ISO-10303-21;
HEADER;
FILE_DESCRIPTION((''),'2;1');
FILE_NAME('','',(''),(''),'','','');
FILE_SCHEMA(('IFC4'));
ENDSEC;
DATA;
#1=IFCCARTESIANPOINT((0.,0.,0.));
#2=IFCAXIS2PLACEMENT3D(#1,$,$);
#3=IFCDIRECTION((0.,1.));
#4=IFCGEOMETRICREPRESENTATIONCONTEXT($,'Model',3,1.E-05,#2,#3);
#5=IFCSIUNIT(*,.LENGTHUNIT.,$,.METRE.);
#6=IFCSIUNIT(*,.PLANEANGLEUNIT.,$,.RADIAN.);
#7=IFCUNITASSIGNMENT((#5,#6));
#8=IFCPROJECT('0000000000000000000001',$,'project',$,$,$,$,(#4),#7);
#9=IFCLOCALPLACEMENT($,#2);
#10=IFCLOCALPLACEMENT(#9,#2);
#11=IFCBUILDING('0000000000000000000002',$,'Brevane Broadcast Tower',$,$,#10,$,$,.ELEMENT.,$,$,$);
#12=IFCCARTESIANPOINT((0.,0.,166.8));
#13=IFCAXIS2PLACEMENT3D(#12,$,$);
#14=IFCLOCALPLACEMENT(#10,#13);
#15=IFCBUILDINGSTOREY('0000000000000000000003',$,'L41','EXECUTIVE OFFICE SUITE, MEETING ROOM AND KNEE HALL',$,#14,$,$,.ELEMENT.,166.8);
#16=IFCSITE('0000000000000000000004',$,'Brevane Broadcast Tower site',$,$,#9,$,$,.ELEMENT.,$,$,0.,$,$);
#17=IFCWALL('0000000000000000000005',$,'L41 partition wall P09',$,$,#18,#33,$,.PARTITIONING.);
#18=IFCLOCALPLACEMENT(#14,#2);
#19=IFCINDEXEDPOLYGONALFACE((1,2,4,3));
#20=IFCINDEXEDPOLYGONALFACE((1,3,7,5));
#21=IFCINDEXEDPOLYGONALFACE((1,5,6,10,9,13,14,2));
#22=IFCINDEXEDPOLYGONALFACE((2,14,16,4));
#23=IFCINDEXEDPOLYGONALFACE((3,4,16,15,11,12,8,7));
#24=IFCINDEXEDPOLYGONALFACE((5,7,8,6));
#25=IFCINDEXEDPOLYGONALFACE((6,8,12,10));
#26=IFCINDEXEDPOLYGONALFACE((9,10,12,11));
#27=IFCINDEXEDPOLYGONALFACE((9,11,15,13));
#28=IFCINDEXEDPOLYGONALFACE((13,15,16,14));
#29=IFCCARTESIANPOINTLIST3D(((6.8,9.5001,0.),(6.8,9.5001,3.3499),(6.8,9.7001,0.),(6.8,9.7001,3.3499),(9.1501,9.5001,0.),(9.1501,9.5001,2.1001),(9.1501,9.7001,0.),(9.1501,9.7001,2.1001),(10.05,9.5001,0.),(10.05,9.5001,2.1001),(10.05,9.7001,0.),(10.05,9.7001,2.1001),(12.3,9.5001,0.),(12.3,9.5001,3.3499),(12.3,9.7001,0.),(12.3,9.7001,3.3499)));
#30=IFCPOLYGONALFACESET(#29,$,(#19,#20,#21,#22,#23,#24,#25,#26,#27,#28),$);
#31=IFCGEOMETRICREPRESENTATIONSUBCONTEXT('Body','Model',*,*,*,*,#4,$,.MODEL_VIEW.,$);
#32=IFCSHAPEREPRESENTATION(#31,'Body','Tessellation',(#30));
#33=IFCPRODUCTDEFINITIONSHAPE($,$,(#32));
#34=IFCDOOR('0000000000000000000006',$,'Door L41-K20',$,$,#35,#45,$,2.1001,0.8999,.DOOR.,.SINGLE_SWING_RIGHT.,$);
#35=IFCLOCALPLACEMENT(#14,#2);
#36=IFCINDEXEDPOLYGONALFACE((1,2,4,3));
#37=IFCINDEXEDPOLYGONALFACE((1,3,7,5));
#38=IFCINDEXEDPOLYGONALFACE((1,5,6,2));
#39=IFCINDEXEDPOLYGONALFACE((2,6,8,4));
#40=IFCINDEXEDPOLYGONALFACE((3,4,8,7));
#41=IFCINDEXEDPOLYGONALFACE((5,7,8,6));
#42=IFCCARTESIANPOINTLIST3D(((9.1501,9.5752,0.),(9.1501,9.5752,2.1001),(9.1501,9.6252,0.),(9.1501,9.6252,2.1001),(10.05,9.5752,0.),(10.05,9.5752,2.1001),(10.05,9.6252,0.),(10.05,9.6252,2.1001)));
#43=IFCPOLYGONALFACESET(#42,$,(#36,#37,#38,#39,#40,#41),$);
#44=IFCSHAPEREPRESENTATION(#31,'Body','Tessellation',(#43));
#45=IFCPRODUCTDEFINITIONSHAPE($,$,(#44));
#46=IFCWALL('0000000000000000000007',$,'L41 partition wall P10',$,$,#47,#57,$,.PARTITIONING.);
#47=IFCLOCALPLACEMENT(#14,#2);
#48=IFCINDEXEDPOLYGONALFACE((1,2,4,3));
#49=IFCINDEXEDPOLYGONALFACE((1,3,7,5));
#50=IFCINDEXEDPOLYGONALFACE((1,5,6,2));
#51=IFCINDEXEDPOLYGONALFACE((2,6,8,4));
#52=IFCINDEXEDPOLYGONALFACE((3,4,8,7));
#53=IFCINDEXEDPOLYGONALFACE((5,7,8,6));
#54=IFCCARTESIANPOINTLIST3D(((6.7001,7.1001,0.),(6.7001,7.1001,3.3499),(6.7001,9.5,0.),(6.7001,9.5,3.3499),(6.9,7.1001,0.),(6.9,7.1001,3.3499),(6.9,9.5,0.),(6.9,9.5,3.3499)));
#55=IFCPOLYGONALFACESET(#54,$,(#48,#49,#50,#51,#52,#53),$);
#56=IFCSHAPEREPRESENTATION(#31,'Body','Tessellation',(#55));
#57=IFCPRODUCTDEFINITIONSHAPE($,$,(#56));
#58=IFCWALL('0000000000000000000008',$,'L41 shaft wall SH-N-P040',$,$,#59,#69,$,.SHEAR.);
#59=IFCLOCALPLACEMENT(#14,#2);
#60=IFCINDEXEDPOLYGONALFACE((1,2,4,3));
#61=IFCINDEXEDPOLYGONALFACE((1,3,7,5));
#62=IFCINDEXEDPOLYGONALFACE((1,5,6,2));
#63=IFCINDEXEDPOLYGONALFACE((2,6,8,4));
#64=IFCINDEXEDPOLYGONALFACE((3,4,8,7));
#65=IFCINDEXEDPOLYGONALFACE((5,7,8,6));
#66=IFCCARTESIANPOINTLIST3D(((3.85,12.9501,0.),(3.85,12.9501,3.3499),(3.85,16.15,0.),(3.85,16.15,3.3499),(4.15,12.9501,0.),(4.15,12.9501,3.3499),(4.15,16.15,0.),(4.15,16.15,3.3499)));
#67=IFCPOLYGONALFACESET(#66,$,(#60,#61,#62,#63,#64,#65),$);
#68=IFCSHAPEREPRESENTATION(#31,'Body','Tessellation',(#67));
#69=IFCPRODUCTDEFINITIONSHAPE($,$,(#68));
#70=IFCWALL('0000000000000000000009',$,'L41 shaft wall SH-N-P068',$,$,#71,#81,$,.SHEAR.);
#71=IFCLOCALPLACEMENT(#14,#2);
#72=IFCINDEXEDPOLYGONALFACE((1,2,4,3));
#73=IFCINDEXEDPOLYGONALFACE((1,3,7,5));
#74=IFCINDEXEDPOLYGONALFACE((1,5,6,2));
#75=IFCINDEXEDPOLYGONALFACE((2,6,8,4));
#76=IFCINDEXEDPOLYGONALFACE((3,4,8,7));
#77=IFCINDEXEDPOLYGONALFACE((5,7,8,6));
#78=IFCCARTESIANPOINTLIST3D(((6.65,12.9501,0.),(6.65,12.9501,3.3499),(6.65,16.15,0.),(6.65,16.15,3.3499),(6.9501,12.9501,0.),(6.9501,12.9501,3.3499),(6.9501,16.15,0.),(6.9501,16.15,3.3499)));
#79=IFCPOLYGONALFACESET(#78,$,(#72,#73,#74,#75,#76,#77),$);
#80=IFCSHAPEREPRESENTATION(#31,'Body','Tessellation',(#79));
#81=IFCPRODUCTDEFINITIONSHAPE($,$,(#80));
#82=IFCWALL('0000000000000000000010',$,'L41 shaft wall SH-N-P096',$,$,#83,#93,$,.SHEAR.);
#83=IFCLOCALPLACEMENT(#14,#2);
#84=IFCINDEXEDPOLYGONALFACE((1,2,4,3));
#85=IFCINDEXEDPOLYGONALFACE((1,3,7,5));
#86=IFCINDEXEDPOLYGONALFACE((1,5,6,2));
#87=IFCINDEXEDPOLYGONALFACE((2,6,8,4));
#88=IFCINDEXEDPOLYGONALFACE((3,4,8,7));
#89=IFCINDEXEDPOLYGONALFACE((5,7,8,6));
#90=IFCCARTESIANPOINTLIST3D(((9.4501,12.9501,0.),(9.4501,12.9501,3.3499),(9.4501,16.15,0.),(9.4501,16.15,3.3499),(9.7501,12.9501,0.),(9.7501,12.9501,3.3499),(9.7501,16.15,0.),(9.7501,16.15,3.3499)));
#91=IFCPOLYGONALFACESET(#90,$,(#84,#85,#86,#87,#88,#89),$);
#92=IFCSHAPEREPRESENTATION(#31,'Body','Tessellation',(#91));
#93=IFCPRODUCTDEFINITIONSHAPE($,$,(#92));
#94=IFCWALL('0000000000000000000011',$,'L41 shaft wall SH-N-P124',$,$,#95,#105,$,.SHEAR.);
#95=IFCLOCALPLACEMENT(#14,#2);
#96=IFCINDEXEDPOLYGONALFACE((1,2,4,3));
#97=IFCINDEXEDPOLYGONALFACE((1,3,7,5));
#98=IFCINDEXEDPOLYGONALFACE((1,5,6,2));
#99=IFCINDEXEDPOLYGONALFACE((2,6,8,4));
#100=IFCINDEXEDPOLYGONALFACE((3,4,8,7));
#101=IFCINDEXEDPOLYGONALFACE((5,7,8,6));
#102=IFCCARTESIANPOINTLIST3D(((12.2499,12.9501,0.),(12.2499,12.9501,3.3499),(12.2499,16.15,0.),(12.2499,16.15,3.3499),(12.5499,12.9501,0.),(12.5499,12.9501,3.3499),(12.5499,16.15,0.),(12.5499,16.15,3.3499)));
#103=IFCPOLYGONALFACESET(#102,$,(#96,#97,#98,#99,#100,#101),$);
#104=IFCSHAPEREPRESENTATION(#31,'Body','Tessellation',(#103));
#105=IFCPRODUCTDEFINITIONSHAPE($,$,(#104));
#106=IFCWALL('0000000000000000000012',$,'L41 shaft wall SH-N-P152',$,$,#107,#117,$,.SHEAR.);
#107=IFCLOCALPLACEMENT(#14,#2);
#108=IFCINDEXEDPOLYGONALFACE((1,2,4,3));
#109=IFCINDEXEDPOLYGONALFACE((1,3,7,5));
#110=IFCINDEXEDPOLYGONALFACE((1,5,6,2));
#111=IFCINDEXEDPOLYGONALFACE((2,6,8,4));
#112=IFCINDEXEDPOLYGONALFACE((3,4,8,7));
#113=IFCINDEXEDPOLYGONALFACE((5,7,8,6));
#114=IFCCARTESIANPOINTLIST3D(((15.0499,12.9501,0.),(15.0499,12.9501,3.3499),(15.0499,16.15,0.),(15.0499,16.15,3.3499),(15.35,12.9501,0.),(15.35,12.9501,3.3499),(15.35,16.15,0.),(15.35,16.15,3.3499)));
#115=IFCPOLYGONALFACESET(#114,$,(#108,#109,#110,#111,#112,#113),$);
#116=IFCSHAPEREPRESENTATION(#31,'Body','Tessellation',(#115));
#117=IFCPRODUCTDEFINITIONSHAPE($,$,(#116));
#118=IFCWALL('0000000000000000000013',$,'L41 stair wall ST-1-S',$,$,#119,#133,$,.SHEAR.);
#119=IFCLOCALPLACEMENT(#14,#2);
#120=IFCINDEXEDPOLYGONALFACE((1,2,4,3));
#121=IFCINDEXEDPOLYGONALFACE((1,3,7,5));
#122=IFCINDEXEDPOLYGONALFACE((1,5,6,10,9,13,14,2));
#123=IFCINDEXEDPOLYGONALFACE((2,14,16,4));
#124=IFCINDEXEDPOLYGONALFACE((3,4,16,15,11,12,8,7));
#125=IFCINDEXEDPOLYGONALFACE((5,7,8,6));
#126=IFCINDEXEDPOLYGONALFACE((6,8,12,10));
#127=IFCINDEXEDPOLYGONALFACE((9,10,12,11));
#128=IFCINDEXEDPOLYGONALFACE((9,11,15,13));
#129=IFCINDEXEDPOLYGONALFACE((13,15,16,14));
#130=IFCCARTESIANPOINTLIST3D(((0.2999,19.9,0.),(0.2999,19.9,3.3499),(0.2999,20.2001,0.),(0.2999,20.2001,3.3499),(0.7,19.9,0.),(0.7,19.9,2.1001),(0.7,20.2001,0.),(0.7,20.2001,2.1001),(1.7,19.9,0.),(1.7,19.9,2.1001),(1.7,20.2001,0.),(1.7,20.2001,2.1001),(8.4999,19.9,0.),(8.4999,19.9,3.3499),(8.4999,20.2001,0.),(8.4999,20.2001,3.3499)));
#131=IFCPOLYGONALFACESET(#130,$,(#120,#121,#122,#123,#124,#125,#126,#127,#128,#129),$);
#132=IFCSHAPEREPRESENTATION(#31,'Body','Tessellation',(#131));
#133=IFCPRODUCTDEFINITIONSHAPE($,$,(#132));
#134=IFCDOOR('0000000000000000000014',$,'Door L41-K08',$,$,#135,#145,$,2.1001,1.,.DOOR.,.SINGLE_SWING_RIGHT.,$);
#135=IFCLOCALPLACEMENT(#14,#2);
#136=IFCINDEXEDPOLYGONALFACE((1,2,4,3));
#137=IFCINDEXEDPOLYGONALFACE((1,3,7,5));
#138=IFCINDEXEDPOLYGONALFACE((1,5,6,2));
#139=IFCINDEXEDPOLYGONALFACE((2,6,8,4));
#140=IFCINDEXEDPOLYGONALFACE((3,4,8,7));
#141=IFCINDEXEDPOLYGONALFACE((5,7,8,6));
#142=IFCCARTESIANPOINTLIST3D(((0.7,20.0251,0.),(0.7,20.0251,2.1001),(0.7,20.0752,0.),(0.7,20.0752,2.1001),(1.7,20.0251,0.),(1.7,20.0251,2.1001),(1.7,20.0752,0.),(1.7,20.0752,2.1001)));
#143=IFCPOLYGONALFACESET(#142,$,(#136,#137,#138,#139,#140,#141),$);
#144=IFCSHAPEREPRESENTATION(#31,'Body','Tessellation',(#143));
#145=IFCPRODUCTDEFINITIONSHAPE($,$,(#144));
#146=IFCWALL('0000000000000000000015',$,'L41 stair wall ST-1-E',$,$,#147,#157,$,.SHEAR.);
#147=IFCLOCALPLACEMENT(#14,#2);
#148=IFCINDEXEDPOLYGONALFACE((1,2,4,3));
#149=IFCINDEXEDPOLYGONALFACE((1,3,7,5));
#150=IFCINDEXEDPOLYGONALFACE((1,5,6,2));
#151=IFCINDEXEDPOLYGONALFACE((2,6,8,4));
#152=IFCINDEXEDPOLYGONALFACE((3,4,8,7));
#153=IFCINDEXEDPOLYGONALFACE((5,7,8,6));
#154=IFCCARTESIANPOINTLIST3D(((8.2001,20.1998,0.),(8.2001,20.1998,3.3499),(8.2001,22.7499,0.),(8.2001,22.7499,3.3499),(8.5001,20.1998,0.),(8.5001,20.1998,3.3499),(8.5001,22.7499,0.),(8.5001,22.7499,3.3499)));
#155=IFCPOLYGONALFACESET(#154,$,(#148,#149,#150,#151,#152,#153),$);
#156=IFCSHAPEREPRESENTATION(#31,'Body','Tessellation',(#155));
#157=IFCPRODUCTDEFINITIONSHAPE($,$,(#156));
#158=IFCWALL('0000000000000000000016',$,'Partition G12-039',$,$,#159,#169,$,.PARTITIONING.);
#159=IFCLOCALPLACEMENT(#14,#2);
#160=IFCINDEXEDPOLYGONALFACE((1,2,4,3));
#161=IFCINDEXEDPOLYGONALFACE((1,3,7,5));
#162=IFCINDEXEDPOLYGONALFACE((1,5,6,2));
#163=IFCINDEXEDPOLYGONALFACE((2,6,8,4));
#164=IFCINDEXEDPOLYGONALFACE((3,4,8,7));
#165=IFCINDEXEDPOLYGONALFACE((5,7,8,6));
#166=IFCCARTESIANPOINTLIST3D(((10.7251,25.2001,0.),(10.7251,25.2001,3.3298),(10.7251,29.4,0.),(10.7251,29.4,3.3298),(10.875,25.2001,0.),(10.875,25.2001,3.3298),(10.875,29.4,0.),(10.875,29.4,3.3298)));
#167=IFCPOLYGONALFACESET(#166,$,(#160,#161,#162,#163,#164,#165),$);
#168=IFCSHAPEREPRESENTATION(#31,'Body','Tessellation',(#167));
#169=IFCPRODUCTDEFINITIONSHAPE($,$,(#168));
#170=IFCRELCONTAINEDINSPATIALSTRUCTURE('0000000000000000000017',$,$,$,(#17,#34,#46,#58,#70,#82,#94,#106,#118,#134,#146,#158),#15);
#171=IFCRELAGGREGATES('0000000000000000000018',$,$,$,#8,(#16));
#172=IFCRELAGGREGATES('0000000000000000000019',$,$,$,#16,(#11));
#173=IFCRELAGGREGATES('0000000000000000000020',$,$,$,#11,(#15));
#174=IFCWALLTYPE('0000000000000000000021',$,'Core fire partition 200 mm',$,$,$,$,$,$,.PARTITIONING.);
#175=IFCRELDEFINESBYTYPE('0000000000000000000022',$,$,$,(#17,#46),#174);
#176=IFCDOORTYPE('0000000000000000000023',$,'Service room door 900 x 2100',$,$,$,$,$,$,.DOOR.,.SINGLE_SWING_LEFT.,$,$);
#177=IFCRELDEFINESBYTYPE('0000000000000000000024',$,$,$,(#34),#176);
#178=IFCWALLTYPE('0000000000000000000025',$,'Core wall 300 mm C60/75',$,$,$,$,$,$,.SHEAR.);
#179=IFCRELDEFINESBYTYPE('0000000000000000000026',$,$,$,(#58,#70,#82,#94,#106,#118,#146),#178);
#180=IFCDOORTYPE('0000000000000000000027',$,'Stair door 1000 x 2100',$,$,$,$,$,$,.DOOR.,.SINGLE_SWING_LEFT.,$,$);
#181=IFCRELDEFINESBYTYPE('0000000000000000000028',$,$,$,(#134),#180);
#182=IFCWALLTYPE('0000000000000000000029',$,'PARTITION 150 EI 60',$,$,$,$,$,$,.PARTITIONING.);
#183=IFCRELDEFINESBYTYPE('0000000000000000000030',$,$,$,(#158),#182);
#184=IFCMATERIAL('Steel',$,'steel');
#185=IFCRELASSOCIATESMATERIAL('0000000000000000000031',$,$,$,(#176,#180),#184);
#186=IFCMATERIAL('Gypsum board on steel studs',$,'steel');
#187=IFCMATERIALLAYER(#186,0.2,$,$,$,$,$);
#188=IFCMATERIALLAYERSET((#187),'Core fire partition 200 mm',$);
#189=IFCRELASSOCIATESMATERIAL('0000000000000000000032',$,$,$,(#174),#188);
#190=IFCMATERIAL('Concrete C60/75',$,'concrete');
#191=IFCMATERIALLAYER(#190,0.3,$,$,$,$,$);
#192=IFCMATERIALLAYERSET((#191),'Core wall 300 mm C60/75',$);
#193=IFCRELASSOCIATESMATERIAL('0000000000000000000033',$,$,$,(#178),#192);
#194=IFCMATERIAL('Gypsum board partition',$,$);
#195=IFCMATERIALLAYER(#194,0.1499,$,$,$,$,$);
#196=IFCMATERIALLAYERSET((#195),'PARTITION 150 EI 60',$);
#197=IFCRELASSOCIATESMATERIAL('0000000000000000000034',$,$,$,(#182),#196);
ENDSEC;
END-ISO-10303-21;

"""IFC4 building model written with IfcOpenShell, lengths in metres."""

from ifc_helpers import new_model, si_unit, direction, frame, frame_2d, origin, place, context, subcontext, project, spatial, rectangle, extrude, material, layer, layer_set, type_object, element, fill, save


model = new_model("IFC4")

# Units and contexts
model_context = context("Model", 3, precision=1e-05, world=origin(), true_north=direction((0.0, 1.0)))
body_context = subcontext(model_context, "Body", "Model", "MODEL_VIEW")
ifc_project = project(units=[si_unit("LENGTHUNIT", "METRE"), si_unit("PLANEANGLEUNIT", "RADIAN")], contexts=[model_context])

# Site, building, storey
site_placement = place(None, origin())
site = spatial("IfcSite", under=ifc_project, at=site_placement, Name="Brevane Broadcast Tower site", CompositionType="ELEMENT", RefElevation=0.0)
building_placement = place(site_placement, origin())
building = spatial("IfcBuilding", under=site, at=building_placement, Name="Brevane Broadcast Tower", CompositionType="ELEMENT")
storey_placement = place(building_placement, frame((0.0, 0.0, 166.8)))
storey = spatial("IfcBuildingStorey", under=building, at=storey_placement, Name="L41", Description="EXECUTIVE OFFICE SUITE, MEETING ROOM AND KNEE HALL", CompositionType="ELEMENT", Elevation=166.8)

# Shared definitions
ifc_material_1 = material(Name="Concrete C60/75", Category="concrete")

# Shared definitions
ifc_material_2 = material(Name="Gypsum board on steel studs", Category="steel")
ifc_material_3 = material(Name="Steel", Category="steel")
door_type_1 = type_object("IfcDoorType", Name="Service room door 900 x 2100", OperationType="SINGLE_SWING_LEFT", PredefinedType="DOOR", material=ifc_material_3)
ifc_layer_1 = layer(ifc_material_2, 0.2)
ifc_layer_set_1 = layer_set([ifc_layer_1], Name="Core fire partition 200 mm")
wall_type_1 = type_object("IfcWallType", Name="Core fire partition 200 mm", PredefinedType="PARTITIONING", material=ifc_layer_set_1)
door_type_2 = type_object("IfcDoorType", Name="Stair door 1000 x 2100", OperationType="SINGLE_SWING_LEFT", PredefinedType="DOOR", material=ifc_material_3)

# Wall, opening, door
wall_1_placement = place(storey_placement, frame((12.3, 9.6001, 0.0), z_axis=(0.0, 0.0, 1.0), x_axis=(-1.0, 0.0, 0.0)))
wall_1 = element("IfcWall", 1, at=wall_1_placement, inside=storey, type_object=wall_type_1, Name="L41 partition wall P09", PredefinedType="PARTITIONING", context=body_context, shape_type="SweptSolid", body=[
    extrude(rectangle(XDim=5.5, YDim=0.2, at=frame_2d((2.75, 0.0))), origin(), (0.0, 0.0, 1.0), 3.3499),
])
opening_1_placement = place(wall_1_placement, frame((2.25, 0.0, 0.0)))
opening_1 = element("IfcOpeningElement", 2, at=opening_1_placement, cuts=wall_1, PredefinedType="OPENING", context=body_context, shape_type="SweptSolid", body=[
    extrude(rectangle(XDim=0.8999, YDim=2.1001, at=frame_2d((0.45, 1.05))), frame((0.0, 0.1099, 0.0), z_axis=(0.0, -1.0, 0.0), x_axis=(1.0, 0.0, 0.0)), (0.0, 0.0, 1.0), 0.22),
])
door_1_placement = place(opening_1_placement, origin())
door_1 = element("IfcDoor", 3, at=door_1_placement, inside=storey, type_object=door_type_1, Name="Door L41-K20", OperationType="SINGLE_SWING_RIGHT", OverallHeight=2.1001, OverallWidth=0.8999, PredefinedType="DOOR", context=body_context, shape_type="SweptSolid", body=[
    extrude(rectangle(XDim=0.8999, YDim=2.1001, at=frame_2d((0.45, 1.05))), frame((0.0, 0.0249, 0.0), z_axis=(0.0, -1.0, 0.0), x_axis=(1.0, 0.0, 0.0)), (0.0, 0.0, 1.0), 0.05),
])
fill(opening_1, door_1)

# Walls
wall_2_placement = place(storey_placement, frame((6.8, 9.5, 0.0), z_axis=(0.0, 0.0, 1.0), x_axis=(0.0, -1.0, 0.0)))
element("IfcWall", 4, at=wall_2_placement, inside=storey, type_object=wall_type_1, Name="L41 partition wall P10", PredefinedType="PARTITIONING", context=body_context, shape_type="SweptSolid", body=[
    extrude(rectangle(XDim=2.3999, YDim=0.2, at=frame_2d((1.2, 0.0))), origin(), (0.0, 0.0, 1.0), 3.3499),
])
ifc_layer_2 = layer(ifc_material_1, 0.3)
ifc_layer_set_2 = layer_set([ifc_layer_2], Name="Core wall 300 mm C60/75")
wall_type_2 = type_object("IfcWallType", Name="Core wall 300 mm C60/75", PredefinedType="SHEAR", material=ifc_layer_set_2)
for number, where, z_axis, x_axis, name in (
    (5, (4.0, 12.95, 0.0), (0.0, 0.0, 1.0), (0.0, 1.0, 0.0), "L41 shaft wall SH-N-P040"),
    (6, (6.8, 12.95, 0.0), (0.0, 0.0, 1.0), (0.0, 1.0, 0.0), "L41 shaft wall SH-N-P068"),
    (7, (9.6001, 12.95, 0.0), (0.0, 0.0, 1.0), (0.0, 1.0, 0.0), "L41 shaft wall SH-N-P096"),
    (8, (12.3999, 12.95, 0.0), (0.0, 0.0, 1.0), (0.0, 1.0, 0.0), "L41 shaft wall SH-N-P124"),
    (9, (15.2, 12.95, 0.0), (0.0, 0.0, 1.0), (0.0, 1.0, 0.0), "L41 shaft wall SH-N-P152"),
):
    element("IfcWall", number, at=place(storey_placement, frame(where, z_axis=z_axis, x_axis=x_axis)), inside=storey, type_object=wall_type_2, Name=name, PredefinedType="SHEAR", context=body_context, shape_type="SweptSolid", body=[
        extrude(rectangle(XDim=3.2, YDim=0.3, at=frame_2d((1.6001, 0.0))), origin(), (0.0, 0.0, 1.0), 3.3499),
    ])

# Wall, opening, door
wall_3_placement = place(storey_placement, frame((8.5, 20.05, 0.0), z_axis=(0.0, 0.0, 1.0), x_axis=(-1.0, 0.0, 0.0)))
wall_3 = element("IfcWall", 10, at=wall_3_placement, inside=storey, type_object=wall_type_2, Name="L41 stair wall ST-1-S", PredefinedType="SHEAR", context=body_context, shape_type="SweptSolid", body=[
    extrude(rectangle(XDim=8.2, YDim=0.3, at=frame_2d((4.1001, 0.0))), origin(), (0.0, 0.0, 1.0), 3.3499),
])
opening_2_placement = place(wall_3_placement, frame((6.8, 0.0, 0.0)))
opening_2 = element("IfcOpeningElement", 11, at=opening_2_placement, cuts=wall_3, PredefinedType="OPENING", context=body_context, shape_type="SweptSolid", body=[
    extrude(rectangle(XDim=1.0, YDim=2.1001, at=frame_2d((0.5, 1.05))), frame((0.0, 0.1599, 0.0), z_axis=(0.0, -1.0, 0.0), x_axis=(1.0, 0.0, 0.0)), (0.0, 0.0, 1.0), 0.3201),
])
door_2_placement = place(opening_2_placement, origin())
door_2 = element("IfcDoor", 12, at=door_2_placement, inside=storey, type_object=door_type_2, Name="Door L41-K08", OperationType="SINGLE_SWING_RIGHT", OverallHeight=2.1001, OverallWidth=1.0, PredefinedType="DOOR", context=body_context, shape_type="SweptSolid", body=[
    extrude(rectangle(XDim=1.0, YDim=2.1001, at=frame_2d((0.5, 1.05))), frame((0.0, 0.0249, 0.0), z_axis=(0.0, -1.0, 0.0), x_axis=(1.0, 0.0, 0.0)), (0.0, 0.0, 1.0), 0.05),
])
fill(opening_2, door_2)

# Walls
wall_4_placement = place(storey_placement, frame((8.3501, 20.2, 0.0), z_axis=(0.0, 0.0, 1.0), x_axis=(0.0, 1.0, 0.0)))
element("IfcWall", 13, at=wall_4_placement, inside=storey, type_object=wall_type_2, Name="L41 stair wall ST-1-E", PredefinedType="SHEAR", context=body_context, shape_type="SweptSolid", body=[
    extrude(rectangle(XDim=2.55, YDim=0.3, at=frame_2d((1.2749, 0.0))), origin(), (0.0, 0.0, 1.0), 3.3499),
])
ifc_material_4 = material(Name="Gypsum board partition")
ifc_layer_3 = layer(ifc_material_4, 0.1499)
ifc_layer_set_3 = layer_set([ifc_layer_3], Name="PARTITION 150 EI 60")
wall_type_3 = type_object("IfcWallType", Name="PARTITION 150 EI 60", PredefinedType="PARTITIONING", material=ifc_layer_set_3)
wall_5_placement = place(storey_placement, frame((10.8, 25.2, 0.0), z_axis=(0.0, 0.0, 1.0), x_axis=(0.0, 1.0, 0.0)))
element("IfcWall", 14, at=wall_5_placement, inside=storey, type_object=wall_type_3, Name="Partition G12-039", PredefinedType="PARTITIONING", context=body_context, shape_type="SweptSolid", body=[
    extrude(rectangle(XDim=4.2, YDim=0.1499, at=frame_2d((2.1001, 0.0))), origin(), (0.0, 0.0, 1.0), 3.3298),
])

save(model, "model.ifc")
